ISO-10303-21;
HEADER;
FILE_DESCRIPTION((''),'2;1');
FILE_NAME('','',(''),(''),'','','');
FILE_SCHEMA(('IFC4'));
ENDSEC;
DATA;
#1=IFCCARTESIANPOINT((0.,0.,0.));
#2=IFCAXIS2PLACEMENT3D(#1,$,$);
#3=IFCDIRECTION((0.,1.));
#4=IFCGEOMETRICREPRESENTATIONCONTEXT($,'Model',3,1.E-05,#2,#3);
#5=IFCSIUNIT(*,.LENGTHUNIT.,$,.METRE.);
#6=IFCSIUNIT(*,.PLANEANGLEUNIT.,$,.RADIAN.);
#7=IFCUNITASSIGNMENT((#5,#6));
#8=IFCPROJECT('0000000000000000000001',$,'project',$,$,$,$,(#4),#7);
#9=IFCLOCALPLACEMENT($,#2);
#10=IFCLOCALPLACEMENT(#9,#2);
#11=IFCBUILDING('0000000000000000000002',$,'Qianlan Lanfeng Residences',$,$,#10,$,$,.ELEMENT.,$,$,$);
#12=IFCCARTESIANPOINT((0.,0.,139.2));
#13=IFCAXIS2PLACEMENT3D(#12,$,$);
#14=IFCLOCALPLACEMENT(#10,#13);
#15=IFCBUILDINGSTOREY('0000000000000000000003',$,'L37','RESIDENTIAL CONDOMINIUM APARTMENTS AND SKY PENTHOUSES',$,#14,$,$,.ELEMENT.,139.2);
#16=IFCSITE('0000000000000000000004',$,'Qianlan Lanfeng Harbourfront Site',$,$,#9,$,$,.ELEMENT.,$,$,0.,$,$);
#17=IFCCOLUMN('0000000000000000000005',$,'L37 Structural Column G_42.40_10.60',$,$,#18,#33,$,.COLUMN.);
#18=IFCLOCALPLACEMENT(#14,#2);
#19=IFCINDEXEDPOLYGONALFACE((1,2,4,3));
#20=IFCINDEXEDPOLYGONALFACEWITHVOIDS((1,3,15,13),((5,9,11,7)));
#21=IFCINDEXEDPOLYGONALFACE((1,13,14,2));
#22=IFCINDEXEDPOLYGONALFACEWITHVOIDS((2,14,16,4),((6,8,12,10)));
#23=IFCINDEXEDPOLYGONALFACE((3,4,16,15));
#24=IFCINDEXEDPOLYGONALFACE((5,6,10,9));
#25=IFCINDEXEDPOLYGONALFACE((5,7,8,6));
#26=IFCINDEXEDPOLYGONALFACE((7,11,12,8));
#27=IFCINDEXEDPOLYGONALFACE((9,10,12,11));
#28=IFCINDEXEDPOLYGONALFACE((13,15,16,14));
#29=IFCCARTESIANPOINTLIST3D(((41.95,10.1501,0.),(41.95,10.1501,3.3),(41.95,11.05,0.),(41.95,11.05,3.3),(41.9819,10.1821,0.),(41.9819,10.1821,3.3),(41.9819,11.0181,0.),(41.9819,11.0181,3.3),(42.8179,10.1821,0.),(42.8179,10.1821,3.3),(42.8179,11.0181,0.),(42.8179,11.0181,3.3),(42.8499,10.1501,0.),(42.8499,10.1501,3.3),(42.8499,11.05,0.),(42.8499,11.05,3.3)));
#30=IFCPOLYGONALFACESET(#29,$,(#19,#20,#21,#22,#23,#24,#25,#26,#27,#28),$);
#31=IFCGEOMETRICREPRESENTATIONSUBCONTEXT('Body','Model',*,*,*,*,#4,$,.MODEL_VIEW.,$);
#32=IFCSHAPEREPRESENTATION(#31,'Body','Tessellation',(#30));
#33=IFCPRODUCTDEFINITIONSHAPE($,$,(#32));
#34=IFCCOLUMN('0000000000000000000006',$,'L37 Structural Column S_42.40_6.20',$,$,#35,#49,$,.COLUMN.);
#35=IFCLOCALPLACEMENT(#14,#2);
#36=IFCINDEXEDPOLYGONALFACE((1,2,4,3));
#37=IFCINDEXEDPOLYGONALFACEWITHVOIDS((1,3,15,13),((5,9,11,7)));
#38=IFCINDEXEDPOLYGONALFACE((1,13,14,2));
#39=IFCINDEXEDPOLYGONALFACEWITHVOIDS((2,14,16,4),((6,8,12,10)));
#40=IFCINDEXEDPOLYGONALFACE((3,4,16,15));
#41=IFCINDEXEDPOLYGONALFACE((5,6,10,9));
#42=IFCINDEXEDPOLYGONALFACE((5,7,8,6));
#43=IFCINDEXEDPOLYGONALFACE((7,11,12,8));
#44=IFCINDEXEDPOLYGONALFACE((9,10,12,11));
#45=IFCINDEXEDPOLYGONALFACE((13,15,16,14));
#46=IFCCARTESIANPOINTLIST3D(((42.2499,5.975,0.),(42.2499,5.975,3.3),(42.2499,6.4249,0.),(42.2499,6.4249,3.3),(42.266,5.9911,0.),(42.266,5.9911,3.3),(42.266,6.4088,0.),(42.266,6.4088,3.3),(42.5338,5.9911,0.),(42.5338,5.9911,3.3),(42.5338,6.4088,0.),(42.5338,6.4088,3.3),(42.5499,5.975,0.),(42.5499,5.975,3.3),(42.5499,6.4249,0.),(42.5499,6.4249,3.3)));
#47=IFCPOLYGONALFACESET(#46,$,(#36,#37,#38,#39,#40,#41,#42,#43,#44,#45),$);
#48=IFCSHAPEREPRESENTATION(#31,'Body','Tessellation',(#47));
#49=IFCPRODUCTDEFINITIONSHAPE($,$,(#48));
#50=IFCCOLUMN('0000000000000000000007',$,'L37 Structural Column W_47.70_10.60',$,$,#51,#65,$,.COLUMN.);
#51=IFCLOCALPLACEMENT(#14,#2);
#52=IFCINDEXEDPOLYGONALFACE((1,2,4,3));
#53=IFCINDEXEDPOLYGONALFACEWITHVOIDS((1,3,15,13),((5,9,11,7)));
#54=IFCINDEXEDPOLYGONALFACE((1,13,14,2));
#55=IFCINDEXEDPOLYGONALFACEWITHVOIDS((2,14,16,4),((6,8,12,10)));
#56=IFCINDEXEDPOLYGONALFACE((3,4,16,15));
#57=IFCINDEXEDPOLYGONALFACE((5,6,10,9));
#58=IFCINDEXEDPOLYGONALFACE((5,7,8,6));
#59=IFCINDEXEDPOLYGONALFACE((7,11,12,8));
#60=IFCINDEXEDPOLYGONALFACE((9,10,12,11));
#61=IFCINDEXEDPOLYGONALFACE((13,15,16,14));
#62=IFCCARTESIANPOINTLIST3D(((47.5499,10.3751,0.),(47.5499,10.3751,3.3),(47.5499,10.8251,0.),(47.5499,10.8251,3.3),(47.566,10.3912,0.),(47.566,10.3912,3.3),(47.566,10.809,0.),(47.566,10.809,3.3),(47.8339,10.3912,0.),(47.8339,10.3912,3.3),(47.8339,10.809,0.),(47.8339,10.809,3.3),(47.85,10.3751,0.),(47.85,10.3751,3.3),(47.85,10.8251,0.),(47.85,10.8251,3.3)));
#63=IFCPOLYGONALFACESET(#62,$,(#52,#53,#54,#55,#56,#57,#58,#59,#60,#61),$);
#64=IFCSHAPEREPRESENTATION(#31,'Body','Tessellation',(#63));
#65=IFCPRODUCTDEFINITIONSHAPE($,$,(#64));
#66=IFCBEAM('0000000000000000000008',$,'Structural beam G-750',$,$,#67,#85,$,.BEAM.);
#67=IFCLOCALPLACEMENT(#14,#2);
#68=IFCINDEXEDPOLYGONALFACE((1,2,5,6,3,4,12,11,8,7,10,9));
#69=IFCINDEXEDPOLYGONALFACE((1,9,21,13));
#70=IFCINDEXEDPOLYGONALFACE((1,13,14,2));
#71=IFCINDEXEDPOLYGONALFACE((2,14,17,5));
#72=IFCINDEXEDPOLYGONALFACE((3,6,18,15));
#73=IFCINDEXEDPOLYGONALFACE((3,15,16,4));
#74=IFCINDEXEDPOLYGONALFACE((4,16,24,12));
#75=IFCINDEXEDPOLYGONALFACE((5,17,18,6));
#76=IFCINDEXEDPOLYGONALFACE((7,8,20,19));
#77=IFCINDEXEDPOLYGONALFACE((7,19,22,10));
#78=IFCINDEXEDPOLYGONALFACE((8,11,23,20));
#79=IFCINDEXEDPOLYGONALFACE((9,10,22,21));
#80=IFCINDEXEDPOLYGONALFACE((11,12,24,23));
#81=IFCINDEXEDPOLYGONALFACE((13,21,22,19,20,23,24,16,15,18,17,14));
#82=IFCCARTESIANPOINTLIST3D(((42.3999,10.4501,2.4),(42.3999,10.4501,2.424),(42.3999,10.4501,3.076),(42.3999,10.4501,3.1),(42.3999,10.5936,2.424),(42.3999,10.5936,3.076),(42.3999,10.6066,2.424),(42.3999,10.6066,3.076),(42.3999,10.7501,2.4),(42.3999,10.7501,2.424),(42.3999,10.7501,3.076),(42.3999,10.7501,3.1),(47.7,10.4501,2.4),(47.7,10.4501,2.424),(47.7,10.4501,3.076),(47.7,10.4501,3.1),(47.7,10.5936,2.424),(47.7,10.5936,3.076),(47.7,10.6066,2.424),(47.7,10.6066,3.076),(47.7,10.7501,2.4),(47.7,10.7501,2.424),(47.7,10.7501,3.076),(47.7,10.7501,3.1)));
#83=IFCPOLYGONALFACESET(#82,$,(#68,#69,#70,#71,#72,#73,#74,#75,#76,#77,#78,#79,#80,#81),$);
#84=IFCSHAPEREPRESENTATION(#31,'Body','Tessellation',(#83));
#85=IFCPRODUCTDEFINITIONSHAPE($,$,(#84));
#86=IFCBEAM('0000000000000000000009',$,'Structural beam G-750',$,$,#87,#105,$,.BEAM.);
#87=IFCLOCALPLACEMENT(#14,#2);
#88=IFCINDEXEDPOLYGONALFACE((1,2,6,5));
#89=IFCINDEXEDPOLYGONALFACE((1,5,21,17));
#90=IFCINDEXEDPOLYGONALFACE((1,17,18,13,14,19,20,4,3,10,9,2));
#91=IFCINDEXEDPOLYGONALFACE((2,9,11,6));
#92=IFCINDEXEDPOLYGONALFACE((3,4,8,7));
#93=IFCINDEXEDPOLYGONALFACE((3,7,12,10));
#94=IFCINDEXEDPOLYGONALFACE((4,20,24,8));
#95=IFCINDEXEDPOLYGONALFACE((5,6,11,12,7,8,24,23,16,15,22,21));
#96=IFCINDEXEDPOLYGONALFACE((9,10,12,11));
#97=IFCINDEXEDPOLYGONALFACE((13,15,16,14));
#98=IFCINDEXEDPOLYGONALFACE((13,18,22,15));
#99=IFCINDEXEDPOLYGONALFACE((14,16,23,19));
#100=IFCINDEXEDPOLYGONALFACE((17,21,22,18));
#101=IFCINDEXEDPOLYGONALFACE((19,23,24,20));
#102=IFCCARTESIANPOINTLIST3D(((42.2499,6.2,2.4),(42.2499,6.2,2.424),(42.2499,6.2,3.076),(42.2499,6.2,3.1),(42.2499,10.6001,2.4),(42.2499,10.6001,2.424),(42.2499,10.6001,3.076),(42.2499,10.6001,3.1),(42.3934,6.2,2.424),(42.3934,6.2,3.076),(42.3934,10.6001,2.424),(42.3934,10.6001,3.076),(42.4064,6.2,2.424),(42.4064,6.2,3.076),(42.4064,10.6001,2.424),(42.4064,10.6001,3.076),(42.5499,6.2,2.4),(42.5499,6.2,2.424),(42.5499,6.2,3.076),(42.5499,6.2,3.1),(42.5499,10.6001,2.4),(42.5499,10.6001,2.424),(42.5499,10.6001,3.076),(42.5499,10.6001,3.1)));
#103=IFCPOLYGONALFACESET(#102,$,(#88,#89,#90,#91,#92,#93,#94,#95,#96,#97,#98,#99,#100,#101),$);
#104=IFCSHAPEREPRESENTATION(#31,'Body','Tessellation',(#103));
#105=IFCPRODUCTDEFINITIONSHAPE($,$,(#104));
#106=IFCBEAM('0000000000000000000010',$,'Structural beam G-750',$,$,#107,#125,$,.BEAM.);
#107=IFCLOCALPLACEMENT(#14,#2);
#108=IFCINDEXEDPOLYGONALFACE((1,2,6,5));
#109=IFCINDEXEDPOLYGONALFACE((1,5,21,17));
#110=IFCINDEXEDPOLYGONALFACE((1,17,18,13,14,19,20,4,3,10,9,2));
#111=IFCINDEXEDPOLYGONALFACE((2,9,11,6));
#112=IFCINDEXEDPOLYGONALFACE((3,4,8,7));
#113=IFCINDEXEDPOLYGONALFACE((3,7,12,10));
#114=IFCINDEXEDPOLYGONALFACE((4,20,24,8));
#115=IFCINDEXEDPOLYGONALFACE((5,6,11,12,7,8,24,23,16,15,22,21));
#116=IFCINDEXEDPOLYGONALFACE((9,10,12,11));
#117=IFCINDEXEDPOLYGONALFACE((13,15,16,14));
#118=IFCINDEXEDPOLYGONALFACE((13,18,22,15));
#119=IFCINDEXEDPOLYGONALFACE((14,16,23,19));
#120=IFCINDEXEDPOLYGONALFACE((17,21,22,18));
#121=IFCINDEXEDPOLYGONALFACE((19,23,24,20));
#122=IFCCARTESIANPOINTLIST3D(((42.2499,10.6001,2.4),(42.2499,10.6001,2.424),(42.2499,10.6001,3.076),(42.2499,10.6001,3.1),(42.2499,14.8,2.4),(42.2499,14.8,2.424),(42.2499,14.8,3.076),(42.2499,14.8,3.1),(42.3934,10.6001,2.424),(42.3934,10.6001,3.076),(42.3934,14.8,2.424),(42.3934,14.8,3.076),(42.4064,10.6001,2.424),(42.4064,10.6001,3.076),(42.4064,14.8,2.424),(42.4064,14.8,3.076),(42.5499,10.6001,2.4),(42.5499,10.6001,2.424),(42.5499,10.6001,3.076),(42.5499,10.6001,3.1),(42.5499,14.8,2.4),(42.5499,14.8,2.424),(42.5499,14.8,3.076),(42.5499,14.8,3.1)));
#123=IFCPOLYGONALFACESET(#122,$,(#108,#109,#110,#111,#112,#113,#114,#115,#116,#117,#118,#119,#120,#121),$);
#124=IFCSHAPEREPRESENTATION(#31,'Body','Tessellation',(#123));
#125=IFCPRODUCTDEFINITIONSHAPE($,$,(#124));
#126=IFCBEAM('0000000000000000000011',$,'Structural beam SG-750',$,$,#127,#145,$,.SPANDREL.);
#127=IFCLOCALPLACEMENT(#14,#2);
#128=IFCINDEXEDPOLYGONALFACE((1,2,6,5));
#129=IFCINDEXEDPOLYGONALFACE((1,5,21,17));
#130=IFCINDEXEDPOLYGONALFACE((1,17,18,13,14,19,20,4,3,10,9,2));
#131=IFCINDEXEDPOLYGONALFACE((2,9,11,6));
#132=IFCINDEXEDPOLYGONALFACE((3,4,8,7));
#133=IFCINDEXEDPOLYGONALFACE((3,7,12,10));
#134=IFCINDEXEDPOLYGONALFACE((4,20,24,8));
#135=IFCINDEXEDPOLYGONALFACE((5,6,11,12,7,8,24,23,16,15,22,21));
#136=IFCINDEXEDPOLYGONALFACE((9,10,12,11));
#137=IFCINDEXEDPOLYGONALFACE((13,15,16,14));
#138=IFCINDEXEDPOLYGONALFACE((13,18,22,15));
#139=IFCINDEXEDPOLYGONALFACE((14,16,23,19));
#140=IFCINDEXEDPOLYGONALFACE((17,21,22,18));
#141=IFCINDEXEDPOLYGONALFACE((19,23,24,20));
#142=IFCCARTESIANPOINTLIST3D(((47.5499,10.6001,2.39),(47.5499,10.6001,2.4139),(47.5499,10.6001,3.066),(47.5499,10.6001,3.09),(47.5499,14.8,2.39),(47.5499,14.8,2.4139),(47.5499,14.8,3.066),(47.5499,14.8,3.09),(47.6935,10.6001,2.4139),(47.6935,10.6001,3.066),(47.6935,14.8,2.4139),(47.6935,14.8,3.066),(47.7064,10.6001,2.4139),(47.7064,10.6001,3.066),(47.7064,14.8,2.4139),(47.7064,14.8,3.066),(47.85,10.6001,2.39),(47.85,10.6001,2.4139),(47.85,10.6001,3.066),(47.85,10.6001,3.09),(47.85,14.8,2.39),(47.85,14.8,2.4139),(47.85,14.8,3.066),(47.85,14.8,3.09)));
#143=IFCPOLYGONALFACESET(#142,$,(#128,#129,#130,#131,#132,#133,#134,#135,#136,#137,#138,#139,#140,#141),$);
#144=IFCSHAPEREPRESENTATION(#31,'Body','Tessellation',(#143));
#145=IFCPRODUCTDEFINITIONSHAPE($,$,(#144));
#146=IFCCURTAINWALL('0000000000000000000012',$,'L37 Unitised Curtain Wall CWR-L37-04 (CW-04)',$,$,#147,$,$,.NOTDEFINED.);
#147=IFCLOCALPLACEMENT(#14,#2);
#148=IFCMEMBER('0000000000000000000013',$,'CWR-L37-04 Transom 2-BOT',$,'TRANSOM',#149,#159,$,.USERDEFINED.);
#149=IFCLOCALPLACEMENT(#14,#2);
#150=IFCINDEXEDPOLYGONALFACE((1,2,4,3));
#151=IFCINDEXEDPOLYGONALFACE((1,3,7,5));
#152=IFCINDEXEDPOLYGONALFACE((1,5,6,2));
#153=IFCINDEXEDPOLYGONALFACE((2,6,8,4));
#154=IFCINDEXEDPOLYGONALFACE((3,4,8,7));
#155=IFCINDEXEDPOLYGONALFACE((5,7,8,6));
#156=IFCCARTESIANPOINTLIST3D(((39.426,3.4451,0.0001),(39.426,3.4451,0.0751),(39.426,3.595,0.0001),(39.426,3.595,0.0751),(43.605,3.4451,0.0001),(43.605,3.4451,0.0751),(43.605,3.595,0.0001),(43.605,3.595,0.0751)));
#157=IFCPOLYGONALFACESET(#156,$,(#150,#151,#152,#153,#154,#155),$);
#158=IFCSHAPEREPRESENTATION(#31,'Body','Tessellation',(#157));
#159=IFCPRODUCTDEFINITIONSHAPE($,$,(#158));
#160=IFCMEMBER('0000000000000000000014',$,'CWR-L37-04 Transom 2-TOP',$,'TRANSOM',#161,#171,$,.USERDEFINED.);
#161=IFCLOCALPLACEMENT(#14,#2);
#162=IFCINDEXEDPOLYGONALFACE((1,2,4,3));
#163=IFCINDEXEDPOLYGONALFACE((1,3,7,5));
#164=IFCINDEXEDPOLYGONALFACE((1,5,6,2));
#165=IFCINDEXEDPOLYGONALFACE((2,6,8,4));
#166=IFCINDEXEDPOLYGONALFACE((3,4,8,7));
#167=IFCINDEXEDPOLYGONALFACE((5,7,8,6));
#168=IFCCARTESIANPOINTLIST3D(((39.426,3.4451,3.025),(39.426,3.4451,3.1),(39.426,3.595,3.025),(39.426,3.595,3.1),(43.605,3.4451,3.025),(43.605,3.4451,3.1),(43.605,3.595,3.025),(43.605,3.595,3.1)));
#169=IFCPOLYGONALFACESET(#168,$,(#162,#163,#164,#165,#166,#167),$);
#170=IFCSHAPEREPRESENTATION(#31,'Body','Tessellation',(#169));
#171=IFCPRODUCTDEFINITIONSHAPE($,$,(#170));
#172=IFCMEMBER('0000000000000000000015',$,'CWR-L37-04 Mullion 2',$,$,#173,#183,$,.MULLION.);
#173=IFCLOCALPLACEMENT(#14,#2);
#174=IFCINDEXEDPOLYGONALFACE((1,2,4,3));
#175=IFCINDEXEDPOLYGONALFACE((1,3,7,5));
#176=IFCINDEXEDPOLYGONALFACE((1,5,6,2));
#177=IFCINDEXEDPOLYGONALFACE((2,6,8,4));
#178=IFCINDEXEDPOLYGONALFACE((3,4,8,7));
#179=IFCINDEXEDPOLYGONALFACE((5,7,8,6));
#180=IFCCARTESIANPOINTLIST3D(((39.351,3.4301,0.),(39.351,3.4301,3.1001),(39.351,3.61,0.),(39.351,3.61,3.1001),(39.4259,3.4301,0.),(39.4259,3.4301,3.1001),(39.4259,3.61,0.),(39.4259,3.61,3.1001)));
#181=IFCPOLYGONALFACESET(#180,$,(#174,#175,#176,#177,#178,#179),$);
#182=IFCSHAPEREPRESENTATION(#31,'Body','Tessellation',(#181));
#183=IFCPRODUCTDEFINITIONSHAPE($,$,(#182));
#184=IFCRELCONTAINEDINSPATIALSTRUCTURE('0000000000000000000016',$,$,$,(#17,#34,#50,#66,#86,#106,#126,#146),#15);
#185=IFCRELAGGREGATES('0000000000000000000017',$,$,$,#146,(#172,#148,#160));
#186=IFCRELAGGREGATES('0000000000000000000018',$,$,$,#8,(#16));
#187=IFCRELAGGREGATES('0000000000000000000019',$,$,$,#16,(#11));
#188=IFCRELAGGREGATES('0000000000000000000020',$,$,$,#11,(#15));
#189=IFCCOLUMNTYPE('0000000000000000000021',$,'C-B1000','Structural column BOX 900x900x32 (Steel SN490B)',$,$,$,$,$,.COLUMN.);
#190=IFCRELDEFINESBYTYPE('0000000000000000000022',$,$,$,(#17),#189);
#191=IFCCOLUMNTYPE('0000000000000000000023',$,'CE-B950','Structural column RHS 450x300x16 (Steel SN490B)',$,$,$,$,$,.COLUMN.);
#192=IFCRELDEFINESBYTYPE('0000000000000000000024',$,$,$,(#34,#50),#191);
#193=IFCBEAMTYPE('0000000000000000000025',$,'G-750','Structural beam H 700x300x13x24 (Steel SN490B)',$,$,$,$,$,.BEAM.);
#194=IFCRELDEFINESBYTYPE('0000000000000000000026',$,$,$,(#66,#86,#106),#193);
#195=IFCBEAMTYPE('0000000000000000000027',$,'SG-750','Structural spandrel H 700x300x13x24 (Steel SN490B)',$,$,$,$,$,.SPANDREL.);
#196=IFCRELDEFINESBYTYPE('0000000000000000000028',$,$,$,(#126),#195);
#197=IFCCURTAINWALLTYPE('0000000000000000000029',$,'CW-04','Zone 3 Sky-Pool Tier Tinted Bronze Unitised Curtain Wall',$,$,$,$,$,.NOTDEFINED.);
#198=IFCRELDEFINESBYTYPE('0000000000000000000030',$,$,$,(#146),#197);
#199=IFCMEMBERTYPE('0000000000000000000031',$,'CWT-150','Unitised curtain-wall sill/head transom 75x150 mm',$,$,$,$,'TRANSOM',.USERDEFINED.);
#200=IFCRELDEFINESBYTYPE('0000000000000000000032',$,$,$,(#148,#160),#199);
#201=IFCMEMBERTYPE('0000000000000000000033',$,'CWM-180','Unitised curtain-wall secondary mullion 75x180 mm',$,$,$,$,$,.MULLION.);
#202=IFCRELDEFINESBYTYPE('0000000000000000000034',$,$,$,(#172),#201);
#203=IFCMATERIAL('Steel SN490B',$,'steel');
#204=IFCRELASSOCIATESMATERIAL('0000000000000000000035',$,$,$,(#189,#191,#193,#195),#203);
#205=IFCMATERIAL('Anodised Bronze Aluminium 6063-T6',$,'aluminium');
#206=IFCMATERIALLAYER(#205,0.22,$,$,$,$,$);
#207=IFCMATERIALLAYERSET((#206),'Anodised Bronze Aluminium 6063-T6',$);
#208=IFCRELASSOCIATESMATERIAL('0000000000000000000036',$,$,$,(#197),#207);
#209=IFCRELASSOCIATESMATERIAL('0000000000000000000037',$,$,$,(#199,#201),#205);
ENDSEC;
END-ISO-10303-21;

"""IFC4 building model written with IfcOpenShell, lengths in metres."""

from ifc_helpers import new_model, si_unit, direction, frame, origin, origin_2d, place, context, subcontext, project, spatial, rectangle, hollow_rectangle, i_section, extrude, source, transform, mapped, material, layer, layer_set, material_profile, profile_set, type_object, element, aggregate, save


model = new_model("IFC4")

# Units and contexts
model_context = context("Model", 3, precision=1e-05, world=origin(), true_north=direction((0.0, 1.0)))
body_context = subcontext(model_context, "Body", "Model", "MODEL_VIEW")
ifc_project = project(units=[si_unit("LENGTHUNIT", "METRE"), si_unit("PLANEANGLEUNIT", "RADIAN")], contexts=[model_context])

# Site, building, storey
site_placement = place(None, origin())
site = spatial("IfcSite", under=ifc_project, at=site_placement, Name="Qianlan Lanfeng Harbourfront Site", CompositionType="ELEMENT", RefElevation=0.0)
building_placement = place(site_placement, origin())
building = spatial("IfcBuilding", under=site, at=building_placement, Name="Qianlan Lanfeng Residences", CompositionType="ELEMENT")
storey_placement = place(building_placement, frame((0.0, 0.0, 139.2)))
storey = spatial("IfcBuildingStorey", under=building, at=storey_placement, Name="L37", Description="RESIDENTIAL CONDOMINIUM APARTMENTS AND SKY PENTHOUSES", CompositionType="ELEMENT", Elevation=139.2)

# Columns
ifc_material_1 = material(Name="Steel SN490B", Category="steel")
ifc_material_profile_1 = material_profile(ifc_material_1, hollow_rectangle(XDim=0.8999, YDim=0.8999, WallThickness=0.032, at=origin_2d()), Name="BOX 900x900x32")
ifc_profile_set_1 = profile_set([ifc_material_profile_1], Name="Steel SN490B")
column_type_1 = type_object("IfcColumnType", Name="C-B1000", Description="Structural column BOX 900x900x32 (Steel SN490B)", PredefinedType="COLUMN", material=ifc_profile_set_1)
column_placement = place(storey_placement, frame((42.3999, 10.6001, 0.0), z_axis=(0.0, 0.0, 1.0), x_axis=(1.0, 0.0, 0.0)))
element("IfcColumn", 1, at=column_placement, inside=storey, type_object=column_type_1, Name="L37 Structural Column G_42.40_10.60", PredefinedType="COLUMN", context=body_context, shape_type="SweptSolid", body=[
    extrude(hollow_rectangle(XDim=0.8999, YDim=0.8999, WallThickness=0.032, at=origin_2d()), origin(), (0.0, 0.0, 1.0), 3.3),
])
ifc_material_profile_2 = material_profile(ifc_material_1, hollow_rectangle(XDim=0.3, YDim=0.45, WallThickness=0.0161, at=origin_2d()), Name="RHS 450x300x16")
ifc_profile_set_2 = profile_set([ifc_material_profile_2], Name="Steel SN490B")
column_type_2 = type_object("IfcColumnType", Name="CE-B950", Description="Structural column RHS 450x300x16 (Steel SN490B)", PredefinedType="COLUMN", material=ifc_profile_set_2)
for number, where, z_axis, x_axis, name in (
    (2, (42.3999, 6.2, 0.0), (0.0, 0.0, 1.0), (1.0, 0.0, 0.0), "L37 Structural Column S_42.40_6.20"),
    (3, (47.7, 10.6001, 0.0), (0.0, 0.0, 1.0), (1.0, 0.0, 0.0), "L37 Structural Column W_47.70_10.60"),
):
    element("IfcColumn", number, at=place(storey_placement, frame(where, z_axis=z_axis, x_axis=x_axis)), inside=storey, type_object=column_type_2, Name=name, PredefinedType="COLUMN", context=body_context, shape_type="SweptSolid", body=[
        extrude(hollow_rectangle(XDim=0.3, YDim=0.45, WallThickness=0.0161, at=origin_2d()), origin(), (0.0, 0.0, 1.0), 3.3),
    ])

# Beams
ifc_material_profile_3 = material_profile(ifc_material_1, i_section(OverallWidth=0.3, OverallDepth=0.7, WebThickness=0.0129, FlangeThickness=0.0239, at=origin_2d()), Name="H 700x300x13x24")
ifc_profile_set_3 = profile_set([ifc_material_profile_3], Name="Steel SN490B")
beam_type_1 = type_object("IfcBeamType", Name="G-750", Description="Structural beam H 700x300x13x24 (Steel SN490B)", PredefinedType="BEAM", material=ifc_profile_set_3)
beam_1_placement = place(storey_placement, frame((42.3999, 10.6001, 2.75), z_axis=(1.0, 0.0, 0.0), x_axis=(0.0, 1.0, 0.0)))
element("IfcBeam", 4, at=beam_1_placement, inside=storey, type_object=beam_type_1, Name="Structural beam G-750", PredefinedType="BEAM", context=body_context, shape_type="SweptSolid", body=[
    extrude(i_section(OverallWidth=0.3, OverallDepth=0.7, WebThickness=0.0129, FlangeThickness=0.0239, at=origin_2d()), origin(), (0.0, 0.0, 1.0), 5.3),
])
beam_2_placement = place(storey_placement, frame((42.3999, 6.2, 2.75), z_axis=(0.0, 1.0, 0.0), x_axis=(-1.0, 0.0, 0.0)))
element("IfcBeam", 5, at=beam_2_placement, inside=storey, type_object=beam_type_1, Name="Structural beam G-750", PredefinedType="BEAM", context=body_context, shape_type="SweptSolid", body=[
    extrude(i_section(OverallWidth=0.3, OverallDepth=0.7, WebThickness=0.0129, FlangeThickness=0.0239, at=origin_2d()), origin(), (0.0, 0.0, 1.0), 4.4001),
])
beam_3_placement = place(storey_placement, frame((42.3999, 10.6001, 2.75), z_axis=(0.0, 1.0, 0.0), x_axis=(-1.0, 0.0, 0.0)))
element("IfcBeam", 6, at=beam_3_placement, inside=storey, type_object=beam_type_1, Name="Structural beam G-750", PredefinedType="BEAM", context=body_context, shape_type="SweptSolid", body=[
    extrude(i_section(OverallWidth=0.3, OverallDepth=0.7, WebThickness=0.0129, FlangeThickness=0.0239, at=origin_2d()), origin(), (0.0, 0.0, 1.0), 4.2),
])
ifc_material_profile_4 = material_profile(ifc_material_1, i_section(OverallWidth=0.3, OverallDepth=0.7, WebThickness=0.0129, FlangeThickness=0.0239, at=origin_2d()), Name="H 700x300x13x24")
ifc_profile_set_4 = profile_set([ifc_material_profile_4], Name="Steel SN490B")
beam_type_2 = type_object("IfcBeamType", Name="SG-750", Description="Structural spandrel H 700x300x13x24 (Steel SN490B)", PredefinedType="SPANDREL", material=ifc_profile_set_4)
beam_4_placement = place(storey_placement, frame((47.7, 10.6001, 2.74), z_axis=(0.0, 1.0, 0.0), x_axis=(-1.0, 0.0, 0.0)))
element("IfcBeam", 7, at=beam_4_placement, inside=storey, type_object=beam_type_2, Name="Structural beam SG-750", PredefinedType="SPANDREL", context=body_context, shape_type="SweptSolid", body=[
    extrude(i_section(OverallWidth=0.3, OverallDepth=0.7, WebThickness=0.0129, FlangeThickness=0.0239, at=origin_2d()), origin(), (0.0, 0.0, 1.0), 4.2),
])

# Curtain wall, members
ifc_material_2 = material(Name="Anodised Bronze Aluminium 6063-T6", Category="aluminium")
ifc_layer_1 = layer(ifc_material_2, 0.22)
ifc_layer_set_1 = layer_set([ifc_layer_1], Name="Anodised Bronze Aluminium 6063-T6")
curtain_wall_type = type_object("IfcCurtainWallType", Name="CW-04", Description="Zone 3 Sky-Pool Tier Tinted Bronze Unitised Curtain Wall", PredefinedType="NOTDEFINED", material=ifc_layer_set_1)
curtain_wall_1_placement = place(storey_placement, origin())
curtain_wall_1 = element("IfcCurtainWall", 8, at=curtain_wall_1_placement, inside=storey, type_object=curtain_wall_type, Name="L37 Unitised Curtain Wall CWR-L37-04 (CW-04)", PredefinedType="NOTDEFINED")
ifc_material_profile_5 = material_profile(ifc_material_2, rectangle(XDim=0.075, YDim=0.1499, at=origin_2d()), Name="ALU TRANSOM 75x150")
ifc_profile_set_5 = profile_set([ifc_material_profile_5], Name="Anodised Bronze Aluminium 6063-T6")
member_type_1 = type_object("IfcMemberType", Name="CWT-150", Description="Unitised curtain-wall sill/head transom 75x150 mm", ElementType="TRANSOM", PredefinedType="USERDEFINED", material=ifc_profile_set_5)
shared_shape_1 = source(origin(), body_context, "Body", "SweptSolid", [
    extrude(rectangle(XDim=0.075, YDim=0.1499, at=origin_2d()), origin(), (0.0, 0.0, 1.0), 4.179),
])
member_1_placement = place(storey_placement, frame((39.426, 3.52, 0.0376), z_axis=(1.0, 0.0, 0.0), x_axis=(0.0, 0.0, 1.0)))
member_1 = element("IfcMember", 9, at=member_1_placement, type_object=member_type_1, Name="CWR-L37-04 Transom 2-BOT", ObjectType="TRANSOM", PredefinedType="USERDEFINED", context=body_context, shape_type="MappedRepresentation", body=[
    mapped(shared_shape_1, transform((0.0, 0.0, 0.0), scale=1.0)),
])
member_2_placement = place(storey_placement, frame((39.426, 3.52, 3.0625), z_axis=(1.0, 0.0, 0.0), x_axis=(0.0, 0.0, 1.0)))
member_2 = element("IfcMember", 10, at=member_2_placement, type_object=member_type_1, Name="CWR-L37-04 Transom 2-TOP", ObjectType="TRANSOM", PredefinedType="USERDEFINED", context=body_context, shape_type="MappedRepresentation", body=[
    mapped(shared_shape_1, transform((0.0, 0.0, 0.0), scale=1.0)),
])
ifc_material_profile_6 = material_profile(ifc_material_2, rectangle(XDim=0.075, YDim=0.1799, at=origin_2d()), Name="ALU MULLION 75x180")
ifc_profile_set_6 = profile_set([ifc_material_profile_6], Name="Anodised Bronze Aluminium 6063-T6")
member_type_2 = type_object("IfcMemberType", Name="CWM-180", Description="Unitised curtain-wall secondary mullion 75x180 mm", PredefinedType="MULLION", material=ifc_profile_set_6)
shared_shape_2 = source(origin(), body_context, "Body", "SweptSolid", [
    extrude(rectangle(XDim=0.075, YDim=0.1799, at=origin_2d()), origin(), (0.0, 0.0, 1.0), 3.1001),
])
member_3_placement = place(storey_placement, frame((39.3884, 3.52, 0.0), z_axis=(0.0, 0.0, 1.0), x_axis=(1.0, 0.0, 0.0)))
member_3 = element("IfcMember", 11, at=member_3_placement, type_object=member_type_2, Name="CWR-L37-04 Mullion 2", PredefinedType="MULLION", context=body_context, shape_type="MappedRepresentation", body=[
    mapped(shared_shape_2, transform((0.0, 0.0, 0.0), scale=1.0)),
])

aggregate(curtain_wall_1, [member_3, member_1, member_2])

save(model, "model.ifc")
